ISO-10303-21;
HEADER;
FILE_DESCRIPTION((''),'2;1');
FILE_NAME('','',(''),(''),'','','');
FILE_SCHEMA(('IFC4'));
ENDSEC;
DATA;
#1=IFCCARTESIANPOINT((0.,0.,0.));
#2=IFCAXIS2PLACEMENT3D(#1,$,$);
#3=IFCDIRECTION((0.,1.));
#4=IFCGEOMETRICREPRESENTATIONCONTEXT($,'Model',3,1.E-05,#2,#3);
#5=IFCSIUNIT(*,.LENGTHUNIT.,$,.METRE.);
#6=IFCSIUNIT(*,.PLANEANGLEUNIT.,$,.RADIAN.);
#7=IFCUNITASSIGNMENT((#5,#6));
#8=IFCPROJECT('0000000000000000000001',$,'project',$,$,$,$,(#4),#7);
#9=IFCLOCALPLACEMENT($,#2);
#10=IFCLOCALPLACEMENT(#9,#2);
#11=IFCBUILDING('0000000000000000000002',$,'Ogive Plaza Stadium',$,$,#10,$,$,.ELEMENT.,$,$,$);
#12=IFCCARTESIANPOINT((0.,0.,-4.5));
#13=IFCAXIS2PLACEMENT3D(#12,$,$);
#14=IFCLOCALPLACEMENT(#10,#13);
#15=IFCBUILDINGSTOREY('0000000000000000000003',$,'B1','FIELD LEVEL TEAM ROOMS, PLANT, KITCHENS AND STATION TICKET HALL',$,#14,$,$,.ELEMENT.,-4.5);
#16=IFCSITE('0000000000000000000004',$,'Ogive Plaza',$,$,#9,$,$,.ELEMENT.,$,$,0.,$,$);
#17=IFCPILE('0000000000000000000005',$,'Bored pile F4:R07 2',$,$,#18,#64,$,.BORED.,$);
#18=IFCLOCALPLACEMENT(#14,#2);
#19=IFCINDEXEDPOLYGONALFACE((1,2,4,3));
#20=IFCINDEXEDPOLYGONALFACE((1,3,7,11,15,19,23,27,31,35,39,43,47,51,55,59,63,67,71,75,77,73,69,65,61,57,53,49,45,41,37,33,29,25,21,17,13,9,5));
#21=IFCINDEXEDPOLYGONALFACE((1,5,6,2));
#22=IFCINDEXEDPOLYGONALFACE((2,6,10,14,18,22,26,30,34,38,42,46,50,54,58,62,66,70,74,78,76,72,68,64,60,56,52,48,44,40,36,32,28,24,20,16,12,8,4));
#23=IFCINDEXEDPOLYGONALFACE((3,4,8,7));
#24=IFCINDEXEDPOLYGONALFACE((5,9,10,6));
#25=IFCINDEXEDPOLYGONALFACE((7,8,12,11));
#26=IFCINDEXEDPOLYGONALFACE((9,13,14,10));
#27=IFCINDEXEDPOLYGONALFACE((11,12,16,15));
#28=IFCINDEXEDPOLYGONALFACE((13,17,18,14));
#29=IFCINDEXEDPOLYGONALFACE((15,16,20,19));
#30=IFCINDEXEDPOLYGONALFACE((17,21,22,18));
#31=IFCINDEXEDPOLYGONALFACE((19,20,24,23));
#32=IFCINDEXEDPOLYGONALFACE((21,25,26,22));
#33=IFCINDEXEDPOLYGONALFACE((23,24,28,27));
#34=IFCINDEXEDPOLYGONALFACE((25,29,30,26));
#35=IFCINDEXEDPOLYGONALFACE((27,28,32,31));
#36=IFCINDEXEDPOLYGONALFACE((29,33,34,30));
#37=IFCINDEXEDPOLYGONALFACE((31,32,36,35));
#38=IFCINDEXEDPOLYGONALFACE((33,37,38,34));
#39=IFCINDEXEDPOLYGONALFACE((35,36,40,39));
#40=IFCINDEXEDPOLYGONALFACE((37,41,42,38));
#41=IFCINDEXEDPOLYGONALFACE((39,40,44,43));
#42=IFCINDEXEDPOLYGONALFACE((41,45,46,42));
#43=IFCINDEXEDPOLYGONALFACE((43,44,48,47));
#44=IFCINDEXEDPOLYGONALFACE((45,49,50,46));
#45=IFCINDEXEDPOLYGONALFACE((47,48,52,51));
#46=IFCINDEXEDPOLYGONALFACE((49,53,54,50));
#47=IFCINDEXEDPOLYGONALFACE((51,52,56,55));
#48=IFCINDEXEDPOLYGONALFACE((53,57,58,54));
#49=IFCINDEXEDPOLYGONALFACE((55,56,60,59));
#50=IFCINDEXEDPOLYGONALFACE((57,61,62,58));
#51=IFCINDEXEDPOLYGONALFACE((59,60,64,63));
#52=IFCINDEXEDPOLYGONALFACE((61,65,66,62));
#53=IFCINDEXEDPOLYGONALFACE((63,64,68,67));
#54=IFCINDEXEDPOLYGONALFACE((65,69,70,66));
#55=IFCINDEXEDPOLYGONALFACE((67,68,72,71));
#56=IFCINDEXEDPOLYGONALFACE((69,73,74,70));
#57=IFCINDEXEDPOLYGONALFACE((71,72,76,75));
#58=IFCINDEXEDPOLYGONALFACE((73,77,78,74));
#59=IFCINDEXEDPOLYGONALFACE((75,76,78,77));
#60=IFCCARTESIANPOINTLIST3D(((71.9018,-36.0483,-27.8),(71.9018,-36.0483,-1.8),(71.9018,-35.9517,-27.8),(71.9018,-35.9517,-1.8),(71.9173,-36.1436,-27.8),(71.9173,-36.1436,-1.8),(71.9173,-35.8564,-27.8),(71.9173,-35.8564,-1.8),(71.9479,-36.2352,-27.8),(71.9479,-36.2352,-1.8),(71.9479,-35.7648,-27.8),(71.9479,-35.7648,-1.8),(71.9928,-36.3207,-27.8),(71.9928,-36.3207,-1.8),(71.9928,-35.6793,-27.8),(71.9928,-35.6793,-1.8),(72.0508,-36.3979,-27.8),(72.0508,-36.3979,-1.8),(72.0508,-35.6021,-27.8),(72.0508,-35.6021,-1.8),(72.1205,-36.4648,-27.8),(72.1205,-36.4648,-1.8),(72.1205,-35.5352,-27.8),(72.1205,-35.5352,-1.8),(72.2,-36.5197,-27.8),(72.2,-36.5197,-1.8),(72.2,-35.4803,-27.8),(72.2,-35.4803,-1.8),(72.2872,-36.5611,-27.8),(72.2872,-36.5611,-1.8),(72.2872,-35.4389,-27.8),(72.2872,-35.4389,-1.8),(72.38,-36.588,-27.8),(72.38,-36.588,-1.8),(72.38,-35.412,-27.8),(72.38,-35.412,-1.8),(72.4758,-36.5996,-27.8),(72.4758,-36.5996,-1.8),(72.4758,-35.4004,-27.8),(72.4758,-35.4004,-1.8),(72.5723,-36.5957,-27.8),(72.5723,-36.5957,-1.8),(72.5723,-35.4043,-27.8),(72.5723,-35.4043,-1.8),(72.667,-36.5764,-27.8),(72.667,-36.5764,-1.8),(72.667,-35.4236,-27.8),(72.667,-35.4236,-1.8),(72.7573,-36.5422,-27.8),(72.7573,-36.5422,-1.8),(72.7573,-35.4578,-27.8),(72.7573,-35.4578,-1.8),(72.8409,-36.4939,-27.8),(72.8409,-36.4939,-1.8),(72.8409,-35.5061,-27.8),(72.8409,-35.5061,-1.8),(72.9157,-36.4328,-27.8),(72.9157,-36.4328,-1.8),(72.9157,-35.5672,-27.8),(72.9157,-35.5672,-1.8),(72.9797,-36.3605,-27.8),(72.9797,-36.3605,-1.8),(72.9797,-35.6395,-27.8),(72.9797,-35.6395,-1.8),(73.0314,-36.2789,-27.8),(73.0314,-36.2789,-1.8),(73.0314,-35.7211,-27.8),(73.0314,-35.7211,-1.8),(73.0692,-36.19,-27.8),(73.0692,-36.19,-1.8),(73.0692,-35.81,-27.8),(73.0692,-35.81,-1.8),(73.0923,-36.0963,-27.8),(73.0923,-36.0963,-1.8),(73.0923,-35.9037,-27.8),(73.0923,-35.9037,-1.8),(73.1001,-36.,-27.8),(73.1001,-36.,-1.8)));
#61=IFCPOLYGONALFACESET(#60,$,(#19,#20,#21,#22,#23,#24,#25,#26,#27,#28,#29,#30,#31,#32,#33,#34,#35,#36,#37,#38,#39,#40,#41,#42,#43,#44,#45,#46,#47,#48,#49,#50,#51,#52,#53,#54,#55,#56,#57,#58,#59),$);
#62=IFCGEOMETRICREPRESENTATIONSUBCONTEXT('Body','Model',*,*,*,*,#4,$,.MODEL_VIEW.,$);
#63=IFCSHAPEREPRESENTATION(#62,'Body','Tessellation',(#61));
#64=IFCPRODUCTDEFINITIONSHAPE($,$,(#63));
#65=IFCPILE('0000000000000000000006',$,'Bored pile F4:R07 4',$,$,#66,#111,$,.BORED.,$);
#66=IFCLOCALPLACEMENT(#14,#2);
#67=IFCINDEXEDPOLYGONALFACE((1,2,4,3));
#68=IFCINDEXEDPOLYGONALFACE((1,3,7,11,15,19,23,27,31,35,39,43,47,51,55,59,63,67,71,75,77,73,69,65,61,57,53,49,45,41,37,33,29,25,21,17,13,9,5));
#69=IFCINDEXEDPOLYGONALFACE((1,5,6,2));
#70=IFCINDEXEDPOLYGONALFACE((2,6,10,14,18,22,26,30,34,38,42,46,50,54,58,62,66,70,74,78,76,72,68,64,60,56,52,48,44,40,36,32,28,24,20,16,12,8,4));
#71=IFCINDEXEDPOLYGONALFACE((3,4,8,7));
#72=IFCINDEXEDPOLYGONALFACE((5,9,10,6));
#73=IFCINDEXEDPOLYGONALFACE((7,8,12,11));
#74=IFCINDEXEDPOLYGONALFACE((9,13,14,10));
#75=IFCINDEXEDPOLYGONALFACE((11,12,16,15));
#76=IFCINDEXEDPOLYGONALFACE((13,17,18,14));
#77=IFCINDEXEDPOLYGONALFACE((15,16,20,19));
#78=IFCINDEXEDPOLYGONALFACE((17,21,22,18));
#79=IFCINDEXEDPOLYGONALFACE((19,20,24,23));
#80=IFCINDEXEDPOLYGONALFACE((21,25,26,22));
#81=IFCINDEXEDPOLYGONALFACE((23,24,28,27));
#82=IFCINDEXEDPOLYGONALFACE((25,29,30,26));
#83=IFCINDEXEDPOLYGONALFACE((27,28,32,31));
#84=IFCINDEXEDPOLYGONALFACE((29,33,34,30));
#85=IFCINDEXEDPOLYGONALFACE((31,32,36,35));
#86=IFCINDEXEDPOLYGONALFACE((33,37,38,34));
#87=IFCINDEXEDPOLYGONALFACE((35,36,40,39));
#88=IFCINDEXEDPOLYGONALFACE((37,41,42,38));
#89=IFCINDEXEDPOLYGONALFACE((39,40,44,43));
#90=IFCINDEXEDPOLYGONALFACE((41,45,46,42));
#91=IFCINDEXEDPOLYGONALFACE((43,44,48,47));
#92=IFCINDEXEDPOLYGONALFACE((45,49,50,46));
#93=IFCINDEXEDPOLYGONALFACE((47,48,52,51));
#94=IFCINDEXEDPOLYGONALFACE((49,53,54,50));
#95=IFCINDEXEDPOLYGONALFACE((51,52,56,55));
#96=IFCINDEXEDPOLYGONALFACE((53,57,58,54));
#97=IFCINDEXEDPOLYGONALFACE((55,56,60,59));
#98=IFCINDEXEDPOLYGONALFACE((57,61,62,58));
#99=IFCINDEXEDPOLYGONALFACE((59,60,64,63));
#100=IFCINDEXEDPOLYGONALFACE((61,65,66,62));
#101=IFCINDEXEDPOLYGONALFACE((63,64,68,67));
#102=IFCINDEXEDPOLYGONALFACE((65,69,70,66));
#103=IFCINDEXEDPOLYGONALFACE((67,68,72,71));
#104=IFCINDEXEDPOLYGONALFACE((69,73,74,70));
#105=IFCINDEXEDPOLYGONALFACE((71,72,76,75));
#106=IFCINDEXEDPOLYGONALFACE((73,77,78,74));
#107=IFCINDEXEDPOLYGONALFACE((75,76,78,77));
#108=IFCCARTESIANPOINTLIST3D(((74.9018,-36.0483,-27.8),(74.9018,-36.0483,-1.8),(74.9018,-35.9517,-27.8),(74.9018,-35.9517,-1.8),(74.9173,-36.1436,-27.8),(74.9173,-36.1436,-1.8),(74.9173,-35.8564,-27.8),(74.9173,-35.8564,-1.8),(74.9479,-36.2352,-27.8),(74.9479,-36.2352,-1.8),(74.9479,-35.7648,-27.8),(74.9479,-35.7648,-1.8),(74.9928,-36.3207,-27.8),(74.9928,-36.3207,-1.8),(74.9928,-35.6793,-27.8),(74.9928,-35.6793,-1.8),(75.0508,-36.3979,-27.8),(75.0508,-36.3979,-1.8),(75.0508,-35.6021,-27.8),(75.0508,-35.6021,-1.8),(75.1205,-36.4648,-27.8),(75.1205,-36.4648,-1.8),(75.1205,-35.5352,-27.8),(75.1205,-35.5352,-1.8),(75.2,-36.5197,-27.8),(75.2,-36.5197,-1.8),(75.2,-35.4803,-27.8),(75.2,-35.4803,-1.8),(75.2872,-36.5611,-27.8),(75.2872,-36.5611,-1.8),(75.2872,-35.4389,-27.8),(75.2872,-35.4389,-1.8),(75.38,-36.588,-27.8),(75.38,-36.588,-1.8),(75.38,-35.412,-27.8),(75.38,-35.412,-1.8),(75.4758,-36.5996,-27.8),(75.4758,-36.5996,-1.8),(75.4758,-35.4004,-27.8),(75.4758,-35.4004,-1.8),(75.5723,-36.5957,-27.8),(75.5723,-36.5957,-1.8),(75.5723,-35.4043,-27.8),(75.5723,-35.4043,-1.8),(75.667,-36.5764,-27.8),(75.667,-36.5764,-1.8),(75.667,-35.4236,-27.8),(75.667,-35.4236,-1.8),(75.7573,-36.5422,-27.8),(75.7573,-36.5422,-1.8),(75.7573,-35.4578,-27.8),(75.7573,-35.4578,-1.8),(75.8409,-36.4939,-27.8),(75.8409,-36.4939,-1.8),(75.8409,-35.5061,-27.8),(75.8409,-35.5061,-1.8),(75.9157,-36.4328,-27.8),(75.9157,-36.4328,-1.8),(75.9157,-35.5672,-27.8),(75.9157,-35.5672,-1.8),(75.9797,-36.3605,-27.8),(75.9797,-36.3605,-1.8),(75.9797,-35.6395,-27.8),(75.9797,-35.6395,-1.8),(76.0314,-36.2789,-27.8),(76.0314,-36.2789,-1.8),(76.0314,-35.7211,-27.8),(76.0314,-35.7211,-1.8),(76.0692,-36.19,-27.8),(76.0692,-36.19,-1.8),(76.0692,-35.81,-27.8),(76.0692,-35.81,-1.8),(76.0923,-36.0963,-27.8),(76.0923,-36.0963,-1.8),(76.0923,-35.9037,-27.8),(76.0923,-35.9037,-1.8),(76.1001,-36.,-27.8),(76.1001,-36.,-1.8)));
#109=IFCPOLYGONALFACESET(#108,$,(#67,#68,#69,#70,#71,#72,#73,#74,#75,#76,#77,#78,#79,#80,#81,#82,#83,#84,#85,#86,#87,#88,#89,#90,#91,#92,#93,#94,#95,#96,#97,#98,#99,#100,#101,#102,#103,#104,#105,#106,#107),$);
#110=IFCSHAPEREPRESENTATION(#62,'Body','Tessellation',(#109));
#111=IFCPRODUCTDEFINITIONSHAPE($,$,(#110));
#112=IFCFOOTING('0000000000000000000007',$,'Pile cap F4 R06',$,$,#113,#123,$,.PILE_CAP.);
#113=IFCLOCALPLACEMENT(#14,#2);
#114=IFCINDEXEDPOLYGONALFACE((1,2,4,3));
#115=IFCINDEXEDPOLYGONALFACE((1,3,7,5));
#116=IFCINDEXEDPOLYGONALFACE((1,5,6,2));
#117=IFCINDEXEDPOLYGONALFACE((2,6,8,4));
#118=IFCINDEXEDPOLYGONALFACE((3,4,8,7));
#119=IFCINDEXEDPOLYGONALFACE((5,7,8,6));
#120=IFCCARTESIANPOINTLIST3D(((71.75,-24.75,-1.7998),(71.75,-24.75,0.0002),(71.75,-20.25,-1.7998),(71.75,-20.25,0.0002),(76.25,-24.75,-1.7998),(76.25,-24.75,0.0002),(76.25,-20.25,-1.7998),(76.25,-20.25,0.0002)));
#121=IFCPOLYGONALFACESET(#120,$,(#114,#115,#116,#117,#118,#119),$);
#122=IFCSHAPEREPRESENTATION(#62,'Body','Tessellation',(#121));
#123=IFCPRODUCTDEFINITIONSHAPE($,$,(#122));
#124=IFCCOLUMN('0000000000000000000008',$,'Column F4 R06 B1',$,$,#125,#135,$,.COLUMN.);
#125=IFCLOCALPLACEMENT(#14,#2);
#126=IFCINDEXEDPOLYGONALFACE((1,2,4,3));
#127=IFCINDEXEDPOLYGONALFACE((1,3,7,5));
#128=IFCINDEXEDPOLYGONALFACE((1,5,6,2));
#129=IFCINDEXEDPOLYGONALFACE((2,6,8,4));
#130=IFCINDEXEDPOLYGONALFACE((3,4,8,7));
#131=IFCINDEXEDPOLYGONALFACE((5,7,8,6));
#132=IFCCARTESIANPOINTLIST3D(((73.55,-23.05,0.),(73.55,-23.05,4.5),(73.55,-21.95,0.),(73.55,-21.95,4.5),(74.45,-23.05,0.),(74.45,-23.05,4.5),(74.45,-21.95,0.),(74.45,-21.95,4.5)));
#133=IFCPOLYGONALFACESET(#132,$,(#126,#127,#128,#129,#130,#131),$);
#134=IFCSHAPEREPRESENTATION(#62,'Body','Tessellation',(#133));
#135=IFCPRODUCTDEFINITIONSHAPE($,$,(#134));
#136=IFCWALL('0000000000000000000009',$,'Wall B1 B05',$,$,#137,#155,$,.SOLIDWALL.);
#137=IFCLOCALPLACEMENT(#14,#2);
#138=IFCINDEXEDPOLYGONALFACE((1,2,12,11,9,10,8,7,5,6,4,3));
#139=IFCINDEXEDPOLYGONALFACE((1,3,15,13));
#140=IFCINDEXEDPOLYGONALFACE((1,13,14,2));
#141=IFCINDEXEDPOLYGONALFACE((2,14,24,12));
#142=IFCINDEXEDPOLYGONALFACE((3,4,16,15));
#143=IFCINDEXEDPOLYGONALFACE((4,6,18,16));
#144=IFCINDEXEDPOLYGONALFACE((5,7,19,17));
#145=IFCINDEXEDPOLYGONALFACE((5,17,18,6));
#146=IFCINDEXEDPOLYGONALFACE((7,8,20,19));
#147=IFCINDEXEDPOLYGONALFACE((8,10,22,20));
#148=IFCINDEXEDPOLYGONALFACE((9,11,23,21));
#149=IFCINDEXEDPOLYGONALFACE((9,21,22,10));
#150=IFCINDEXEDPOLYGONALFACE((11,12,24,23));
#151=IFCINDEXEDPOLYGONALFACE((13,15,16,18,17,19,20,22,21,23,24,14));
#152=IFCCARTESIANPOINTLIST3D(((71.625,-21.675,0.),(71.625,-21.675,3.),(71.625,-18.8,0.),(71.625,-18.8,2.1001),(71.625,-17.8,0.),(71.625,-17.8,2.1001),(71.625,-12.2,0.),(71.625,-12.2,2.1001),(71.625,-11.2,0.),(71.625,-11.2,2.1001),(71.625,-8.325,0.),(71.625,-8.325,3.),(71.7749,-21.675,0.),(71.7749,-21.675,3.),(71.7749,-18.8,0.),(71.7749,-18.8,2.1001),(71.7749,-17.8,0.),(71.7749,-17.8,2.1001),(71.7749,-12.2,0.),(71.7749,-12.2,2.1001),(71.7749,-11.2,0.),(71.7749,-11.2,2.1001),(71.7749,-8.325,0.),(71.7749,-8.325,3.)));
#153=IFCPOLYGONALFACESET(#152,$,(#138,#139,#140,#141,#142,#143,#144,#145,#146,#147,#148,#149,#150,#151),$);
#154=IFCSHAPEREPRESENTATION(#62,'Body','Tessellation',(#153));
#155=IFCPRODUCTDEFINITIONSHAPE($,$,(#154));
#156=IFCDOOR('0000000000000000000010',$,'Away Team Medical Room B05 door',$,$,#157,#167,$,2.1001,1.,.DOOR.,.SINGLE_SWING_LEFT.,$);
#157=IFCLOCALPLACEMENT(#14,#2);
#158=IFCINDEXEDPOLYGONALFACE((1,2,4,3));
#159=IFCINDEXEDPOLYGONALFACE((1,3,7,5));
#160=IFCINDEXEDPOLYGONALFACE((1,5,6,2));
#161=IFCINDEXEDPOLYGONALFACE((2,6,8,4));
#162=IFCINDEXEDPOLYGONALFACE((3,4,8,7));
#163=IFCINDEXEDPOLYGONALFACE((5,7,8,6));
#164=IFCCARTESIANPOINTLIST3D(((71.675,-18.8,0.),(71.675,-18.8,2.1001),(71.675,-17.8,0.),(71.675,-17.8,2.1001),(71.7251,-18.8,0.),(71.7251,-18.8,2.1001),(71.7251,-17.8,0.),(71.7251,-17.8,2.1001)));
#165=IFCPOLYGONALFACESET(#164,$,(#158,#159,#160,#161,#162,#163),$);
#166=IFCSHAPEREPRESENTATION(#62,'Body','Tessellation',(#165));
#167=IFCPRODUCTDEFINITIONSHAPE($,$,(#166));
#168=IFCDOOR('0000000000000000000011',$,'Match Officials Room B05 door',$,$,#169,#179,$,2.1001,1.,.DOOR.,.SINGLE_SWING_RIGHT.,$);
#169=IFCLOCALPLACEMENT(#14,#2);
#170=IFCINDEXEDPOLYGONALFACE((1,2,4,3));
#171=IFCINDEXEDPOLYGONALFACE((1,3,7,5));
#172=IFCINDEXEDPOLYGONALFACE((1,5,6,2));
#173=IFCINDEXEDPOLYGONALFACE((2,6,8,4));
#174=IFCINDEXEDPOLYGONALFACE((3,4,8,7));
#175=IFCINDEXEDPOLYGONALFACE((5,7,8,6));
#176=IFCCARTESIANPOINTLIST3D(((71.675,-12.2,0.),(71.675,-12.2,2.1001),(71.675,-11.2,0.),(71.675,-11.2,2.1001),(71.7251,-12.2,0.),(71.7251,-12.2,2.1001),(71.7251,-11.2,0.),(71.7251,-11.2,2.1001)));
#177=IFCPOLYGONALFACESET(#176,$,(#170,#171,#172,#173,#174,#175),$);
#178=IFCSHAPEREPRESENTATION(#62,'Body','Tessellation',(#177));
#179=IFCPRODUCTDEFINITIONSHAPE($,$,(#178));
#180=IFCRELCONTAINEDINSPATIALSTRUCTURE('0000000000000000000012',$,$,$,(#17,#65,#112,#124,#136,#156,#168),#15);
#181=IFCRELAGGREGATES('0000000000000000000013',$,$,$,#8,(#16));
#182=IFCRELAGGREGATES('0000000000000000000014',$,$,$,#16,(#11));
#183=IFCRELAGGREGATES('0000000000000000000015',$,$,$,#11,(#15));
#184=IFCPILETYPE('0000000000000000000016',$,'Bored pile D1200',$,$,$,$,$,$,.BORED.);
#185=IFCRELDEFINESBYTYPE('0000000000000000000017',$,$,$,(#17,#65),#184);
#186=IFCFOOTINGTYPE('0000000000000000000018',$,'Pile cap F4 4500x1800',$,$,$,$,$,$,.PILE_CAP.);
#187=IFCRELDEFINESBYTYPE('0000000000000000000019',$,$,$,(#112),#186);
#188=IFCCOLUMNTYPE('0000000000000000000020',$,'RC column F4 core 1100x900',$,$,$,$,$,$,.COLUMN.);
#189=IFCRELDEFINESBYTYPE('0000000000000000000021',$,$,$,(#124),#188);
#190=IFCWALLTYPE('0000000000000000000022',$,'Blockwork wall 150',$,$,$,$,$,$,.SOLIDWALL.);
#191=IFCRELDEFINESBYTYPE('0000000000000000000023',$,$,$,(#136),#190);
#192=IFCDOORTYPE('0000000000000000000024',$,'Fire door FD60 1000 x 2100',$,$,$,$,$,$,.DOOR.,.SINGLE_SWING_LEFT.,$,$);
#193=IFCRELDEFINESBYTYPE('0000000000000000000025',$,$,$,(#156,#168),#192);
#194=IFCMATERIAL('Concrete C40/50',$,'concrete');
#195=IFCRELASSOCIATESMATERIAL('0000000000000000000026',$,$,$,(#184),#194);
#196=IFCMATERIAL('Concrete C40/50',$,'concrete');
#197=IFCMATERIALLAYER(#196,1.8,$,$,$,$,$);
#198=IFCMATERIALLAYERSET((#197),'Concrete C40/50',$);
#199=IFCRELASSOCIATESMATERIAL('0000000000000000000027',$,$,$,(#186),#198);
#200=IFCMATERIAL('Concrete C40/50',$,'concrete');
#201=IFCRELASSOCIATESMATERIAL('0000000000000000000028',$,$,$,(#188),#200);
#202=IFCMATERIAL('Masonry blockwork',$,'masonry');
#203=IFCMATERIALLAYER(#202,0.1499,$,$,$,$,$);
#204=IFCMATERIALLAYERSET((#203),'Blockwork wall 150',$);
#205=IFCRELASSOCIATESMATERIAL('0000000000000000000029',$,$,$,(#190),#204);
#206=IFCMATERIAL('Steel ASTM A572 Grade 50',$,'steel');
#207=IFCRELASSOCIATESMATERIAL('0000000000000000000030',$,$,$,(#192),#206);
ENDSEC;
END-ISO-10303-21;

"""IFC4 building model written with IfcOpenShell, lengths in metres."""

from ifc_helpers import new_model, si_unit, direction, frame, frame_2d, origin, origin_2d, place, context, subcontext, project, spatial, rectangle, circle, extrude, material, layer, layer_set, material_profile, profile_set, type_object, element, fill, save


model = new_model("IFC4")

# Units and contexts
model_context = context("Model", 3, precision=1e-05, world=origin(), true_north=direction((0.0, 1.0)))
body_context = subcontext(model_context, "Body", "Model", "MODEL_VIEW")
ifc_project = project(units=[si_unit("LENGTHUNIT", "METRE"), si_unit("PLANEANGLEUNIT", "RADIAN")], contexts=[model_context])

# Site, building, storey
site_placement = place(None, origin())
site = spatial("IfcSite", under=ifc_project, at=site_placement, Name="Ogive Plaza", CompositionType="ELEMENT", RefElevation=0.0)
building_placement = place(site_placement, origin())
building = spatial("IfcBuilding", under=site, at=building_placement, Name="Ogive Plaza Stadium", CompositionType="ELEMENT")
storey_placement = place(building_placement, frame((0.0, 0.0, -4.5)))
storey = spatial("IfcBuildingStorey", under=building, at=storey_placement, Name="B1", Description="FIELD LEVEL TEAM ROOMS, PLANT, KITCHENS AND STATION TICKET HALL", CompositionType="ELEMENT", Elevation=-4.5)

# Piles
ifc_material_1 = material(Name="Concrete C40/50", Category="concrete")
ifc_material_profile_1 = material_profile(ifc_material_1, circle(Radius=0.6001, at=origin_2d()), Name="RC D1200")
ifc_profile_set_1 = profile_set([ifc_material_profile_1], Name="Concrete C40/50")
pile_type = type_object("IfcPileType", Name="Bored pile D1200", PredefinedType="BORED", material=ifc_profile_set_1)
for number, where, z_axis, x_axis, name in (
    (1, (72.5, -36.0, -1.8), (0.0, 0.0, -1.0), (1.0, 0.0, 0.0), "Bored pile F4:R07 2"),
    (2, (75.5, -36.0, -1.8), (0.0, 0.0, -1.0), (1.0, 0.0, 0.0), "Bored pile F4:R07 4"),
):
    element("IfcPile", number, at=place(storey_placement, frame(where, z_axis=z_axis, x_axis=x_axis)), inside=storey, type_object=pile_type, Name=name, PredefinedType="BORED", context=body_context, shape_type="SweptSolid", body=[
        extrude(circle(Radius=0.6001, at=origin_2d()), origin(), (0.0, 0.0, 1.0), 26.0),
    ])

# Footing
ifc_material_2 = material(Name="Concrete C40/50", Category="concrete")
ifc_layer_1 = layer(ifc_material_2, 1.8)
ifc_layer_set_1 = layer_set([ifc_layer_1], Name="Concrete C40/50")
footing_type = type_object("IfcFootingType", Name="Pile cap F4 4500x1800", PredefinedType="PILE_CAP", material=ifc_layer_set_1)
footing_placement = place(storey_placement, frame((74.0, -22.5, -1.7998), z_axis=(0.0, 0.0, 1.0), x_axis=(1.0, 0.0, 0.0)))
element("IfcFooting", 3, at=footing_placement, inside=storey, type_object=footing_type, Name="Pile cap F4 R06", PredefinedType="PILE_CAP", context=body_context, shape_type="SweptSolid", body=[
    extrude(rectangle(XDim=4.5, YDim=4.5, at=origin_2d()), origin(), (0.0, 0.0, 1.0), 1.8),
])

# Column
ifc_material_3 = material(Name="Concrete C40/50", Category="concrete")
ifc_material_profile_2 = material_profile(ifc_material_3, rectangle(XDim=1.1001, YDim=0.8999, at=origin_2d()), Name="RC 1100x900")
ifc_profile_set_2 = profile_set([ifc_material_profile_2], Name="Concrete C40/50")
column_type = type_object("IfcColumnType", Name="RC column F4 core 1100x900", PredefinedType="COLUMN", material=ifc_profile_set_2)
column_placement = place(storey_placement, frame((74.0, -22.5, 0.0), z_axis=(0.0, 0.0, 1.0), x_axis=(0.0, 1.0, 0.0)))
element("IfcColumn", 4, at=column_placement, inside=storey, type_object=column_type, Name="Column F4 R06 B1", PredefinedType="COLUMN", context=body_context, shape_type="SweptSolid", body=[
    extrude(rectangle(XDim=1.1001, YDim=0.8999, at=origin_2d()), origin(), (0.0, 0.0, 1.0), 4.5),
])

# Wall, openings, doors
ifc_material_4 = material(Name="Masonry blockwork", Category="masonry")
ifc_layer_2 = layer(ifc_material_4, 0.1499)
ifc_layer_set_2 = layer_set([ifc_layer_2], Name="Blockwork wall 150")
wall_type_1 = type_object("IfcWallType", Name="Blockwork wall 150", PredefinedType="SOLIDWALL", material=ifc_layer_set_2)
wall_1_placement = place(storey_placement, frame((71.7, -21.675, 0.0), z_axis=(0.0, 0.0, 1.0), x_axis=(0.0, 1.0, 0.0)))
wall_1 = element("IfcWall", 5, at=wall_1_placement, inside=storey, type_object=wall_type_1, Name="Wall B1 B05", PredefinedType="SOLIDWALL", context=body_context, shape_type="SweptSolid", body=[
    extrude(rectangle(XDim=13.3501, YDim=0.1499, at=frame_2d((6.675, 0.0))), origin(), (0.0, 0.0, 1.0), 3.0),
])
opening_1_placement = place(wall_1_placement, frame((2.875, 0.0, 0.0)))
opening_1 = element("IfcOpeningElement", 6, at=opening_1_placement, cuts=wall_1, PredefinedType="OPENING", context=body_context, shape_type="SweptSolid", body=[
    extrude(rectangle(XDim=1.0, YDim=2.1001, at=frame_2d((0.5, 1.05))), frame((0.0, 0.075, 0.0), z_axis=(0.0, -1.0, 0.0), x_axis=(1.0, 0.0, 0.0)), (0.0, 0.0, 1.0), 0.1499),
])
opening_2_placement = place(wall_1_placement, frame((9.4751, 0.0, 0.0)))
opening_2 = element("IfcOpeningElement", 7, at=opening_2_placement, cuts=wall_1, PredefinedType="OPENING", context=body_context, shape_type="SweptSolid", body=[
    extrude(rectangle(XDim=1.0, YDim=2.1001, at=frame_2d((0.5, 1.05))), frame((0.0, 0.075, 0.0), z_axis=(0.0, -1.0, 0.0), x_axis=(1.0, 0.0, 0.0)), (0.0, 0.0, 1.0), 0.1499),
])
ifc_material_5 = material(Name="Steel ASTM A572 Grade 50", Category="steel")
door_type_1 = type_object("IfcDoorType", Name="Fire door FD60 1000 x 2100", OperationType="SINGLE_SWING_LEFT", PredefinedType="DOOR", material=ifc_material_5)
door_1_placement = place(opening_1_placement, origin())
door_1 = element("IfcDoor", 8, at=door_1_placement, inside=storey, type_object=door_type_1, Name="Away Team Medical Room B05 door", OperationType="SINGLE_SWING_LEFT", OverallHeight=2.1001, OverallWidth=1.0, PredefinedType="DOOR", context=body_context, shape_type="SweptSolid", body=[
    extrude(rectangle(XDim=1.0, YDim=2.1001, at=frame_2d((0.5, 1.05))), frame((0.0, 0.0249, 0.0), z_axis=(0.0, -1.0, 0.0), x_axis=(1.0, 0.0, 0.0)), (0.0, 0.0, 1.0), 0.05),
])
fill(opening_1, door_1)
door_2_placement = place(opening_2_placement, origin())
door_2 = element("IfcDoor", 9, at=door_2_placement, inside=storey, type_object=door_type_1, Name="Match Officials Room B05 door", OperationType="SINGLE_SWING_RIGHT", OverallHeight=2.1001, OverallWidth=1.0, PredefinedType="DOOR", context=body_context, shape_type="SweptSolid", body=[
    extrude(rectangle(XDim=1.0, YDim=2.1001, at=frame_2d((0.5, 1.05))), frame((0.0, 0.0249, 0.0), z_axis=(0.0, -1.0, 0.0), x_axis=(1.0, 0.0, 0.0)), (0.0, 0.0, 1.0), 0.05),
])
fill(opening_2, door_2)

save(model, "model.ifc")
